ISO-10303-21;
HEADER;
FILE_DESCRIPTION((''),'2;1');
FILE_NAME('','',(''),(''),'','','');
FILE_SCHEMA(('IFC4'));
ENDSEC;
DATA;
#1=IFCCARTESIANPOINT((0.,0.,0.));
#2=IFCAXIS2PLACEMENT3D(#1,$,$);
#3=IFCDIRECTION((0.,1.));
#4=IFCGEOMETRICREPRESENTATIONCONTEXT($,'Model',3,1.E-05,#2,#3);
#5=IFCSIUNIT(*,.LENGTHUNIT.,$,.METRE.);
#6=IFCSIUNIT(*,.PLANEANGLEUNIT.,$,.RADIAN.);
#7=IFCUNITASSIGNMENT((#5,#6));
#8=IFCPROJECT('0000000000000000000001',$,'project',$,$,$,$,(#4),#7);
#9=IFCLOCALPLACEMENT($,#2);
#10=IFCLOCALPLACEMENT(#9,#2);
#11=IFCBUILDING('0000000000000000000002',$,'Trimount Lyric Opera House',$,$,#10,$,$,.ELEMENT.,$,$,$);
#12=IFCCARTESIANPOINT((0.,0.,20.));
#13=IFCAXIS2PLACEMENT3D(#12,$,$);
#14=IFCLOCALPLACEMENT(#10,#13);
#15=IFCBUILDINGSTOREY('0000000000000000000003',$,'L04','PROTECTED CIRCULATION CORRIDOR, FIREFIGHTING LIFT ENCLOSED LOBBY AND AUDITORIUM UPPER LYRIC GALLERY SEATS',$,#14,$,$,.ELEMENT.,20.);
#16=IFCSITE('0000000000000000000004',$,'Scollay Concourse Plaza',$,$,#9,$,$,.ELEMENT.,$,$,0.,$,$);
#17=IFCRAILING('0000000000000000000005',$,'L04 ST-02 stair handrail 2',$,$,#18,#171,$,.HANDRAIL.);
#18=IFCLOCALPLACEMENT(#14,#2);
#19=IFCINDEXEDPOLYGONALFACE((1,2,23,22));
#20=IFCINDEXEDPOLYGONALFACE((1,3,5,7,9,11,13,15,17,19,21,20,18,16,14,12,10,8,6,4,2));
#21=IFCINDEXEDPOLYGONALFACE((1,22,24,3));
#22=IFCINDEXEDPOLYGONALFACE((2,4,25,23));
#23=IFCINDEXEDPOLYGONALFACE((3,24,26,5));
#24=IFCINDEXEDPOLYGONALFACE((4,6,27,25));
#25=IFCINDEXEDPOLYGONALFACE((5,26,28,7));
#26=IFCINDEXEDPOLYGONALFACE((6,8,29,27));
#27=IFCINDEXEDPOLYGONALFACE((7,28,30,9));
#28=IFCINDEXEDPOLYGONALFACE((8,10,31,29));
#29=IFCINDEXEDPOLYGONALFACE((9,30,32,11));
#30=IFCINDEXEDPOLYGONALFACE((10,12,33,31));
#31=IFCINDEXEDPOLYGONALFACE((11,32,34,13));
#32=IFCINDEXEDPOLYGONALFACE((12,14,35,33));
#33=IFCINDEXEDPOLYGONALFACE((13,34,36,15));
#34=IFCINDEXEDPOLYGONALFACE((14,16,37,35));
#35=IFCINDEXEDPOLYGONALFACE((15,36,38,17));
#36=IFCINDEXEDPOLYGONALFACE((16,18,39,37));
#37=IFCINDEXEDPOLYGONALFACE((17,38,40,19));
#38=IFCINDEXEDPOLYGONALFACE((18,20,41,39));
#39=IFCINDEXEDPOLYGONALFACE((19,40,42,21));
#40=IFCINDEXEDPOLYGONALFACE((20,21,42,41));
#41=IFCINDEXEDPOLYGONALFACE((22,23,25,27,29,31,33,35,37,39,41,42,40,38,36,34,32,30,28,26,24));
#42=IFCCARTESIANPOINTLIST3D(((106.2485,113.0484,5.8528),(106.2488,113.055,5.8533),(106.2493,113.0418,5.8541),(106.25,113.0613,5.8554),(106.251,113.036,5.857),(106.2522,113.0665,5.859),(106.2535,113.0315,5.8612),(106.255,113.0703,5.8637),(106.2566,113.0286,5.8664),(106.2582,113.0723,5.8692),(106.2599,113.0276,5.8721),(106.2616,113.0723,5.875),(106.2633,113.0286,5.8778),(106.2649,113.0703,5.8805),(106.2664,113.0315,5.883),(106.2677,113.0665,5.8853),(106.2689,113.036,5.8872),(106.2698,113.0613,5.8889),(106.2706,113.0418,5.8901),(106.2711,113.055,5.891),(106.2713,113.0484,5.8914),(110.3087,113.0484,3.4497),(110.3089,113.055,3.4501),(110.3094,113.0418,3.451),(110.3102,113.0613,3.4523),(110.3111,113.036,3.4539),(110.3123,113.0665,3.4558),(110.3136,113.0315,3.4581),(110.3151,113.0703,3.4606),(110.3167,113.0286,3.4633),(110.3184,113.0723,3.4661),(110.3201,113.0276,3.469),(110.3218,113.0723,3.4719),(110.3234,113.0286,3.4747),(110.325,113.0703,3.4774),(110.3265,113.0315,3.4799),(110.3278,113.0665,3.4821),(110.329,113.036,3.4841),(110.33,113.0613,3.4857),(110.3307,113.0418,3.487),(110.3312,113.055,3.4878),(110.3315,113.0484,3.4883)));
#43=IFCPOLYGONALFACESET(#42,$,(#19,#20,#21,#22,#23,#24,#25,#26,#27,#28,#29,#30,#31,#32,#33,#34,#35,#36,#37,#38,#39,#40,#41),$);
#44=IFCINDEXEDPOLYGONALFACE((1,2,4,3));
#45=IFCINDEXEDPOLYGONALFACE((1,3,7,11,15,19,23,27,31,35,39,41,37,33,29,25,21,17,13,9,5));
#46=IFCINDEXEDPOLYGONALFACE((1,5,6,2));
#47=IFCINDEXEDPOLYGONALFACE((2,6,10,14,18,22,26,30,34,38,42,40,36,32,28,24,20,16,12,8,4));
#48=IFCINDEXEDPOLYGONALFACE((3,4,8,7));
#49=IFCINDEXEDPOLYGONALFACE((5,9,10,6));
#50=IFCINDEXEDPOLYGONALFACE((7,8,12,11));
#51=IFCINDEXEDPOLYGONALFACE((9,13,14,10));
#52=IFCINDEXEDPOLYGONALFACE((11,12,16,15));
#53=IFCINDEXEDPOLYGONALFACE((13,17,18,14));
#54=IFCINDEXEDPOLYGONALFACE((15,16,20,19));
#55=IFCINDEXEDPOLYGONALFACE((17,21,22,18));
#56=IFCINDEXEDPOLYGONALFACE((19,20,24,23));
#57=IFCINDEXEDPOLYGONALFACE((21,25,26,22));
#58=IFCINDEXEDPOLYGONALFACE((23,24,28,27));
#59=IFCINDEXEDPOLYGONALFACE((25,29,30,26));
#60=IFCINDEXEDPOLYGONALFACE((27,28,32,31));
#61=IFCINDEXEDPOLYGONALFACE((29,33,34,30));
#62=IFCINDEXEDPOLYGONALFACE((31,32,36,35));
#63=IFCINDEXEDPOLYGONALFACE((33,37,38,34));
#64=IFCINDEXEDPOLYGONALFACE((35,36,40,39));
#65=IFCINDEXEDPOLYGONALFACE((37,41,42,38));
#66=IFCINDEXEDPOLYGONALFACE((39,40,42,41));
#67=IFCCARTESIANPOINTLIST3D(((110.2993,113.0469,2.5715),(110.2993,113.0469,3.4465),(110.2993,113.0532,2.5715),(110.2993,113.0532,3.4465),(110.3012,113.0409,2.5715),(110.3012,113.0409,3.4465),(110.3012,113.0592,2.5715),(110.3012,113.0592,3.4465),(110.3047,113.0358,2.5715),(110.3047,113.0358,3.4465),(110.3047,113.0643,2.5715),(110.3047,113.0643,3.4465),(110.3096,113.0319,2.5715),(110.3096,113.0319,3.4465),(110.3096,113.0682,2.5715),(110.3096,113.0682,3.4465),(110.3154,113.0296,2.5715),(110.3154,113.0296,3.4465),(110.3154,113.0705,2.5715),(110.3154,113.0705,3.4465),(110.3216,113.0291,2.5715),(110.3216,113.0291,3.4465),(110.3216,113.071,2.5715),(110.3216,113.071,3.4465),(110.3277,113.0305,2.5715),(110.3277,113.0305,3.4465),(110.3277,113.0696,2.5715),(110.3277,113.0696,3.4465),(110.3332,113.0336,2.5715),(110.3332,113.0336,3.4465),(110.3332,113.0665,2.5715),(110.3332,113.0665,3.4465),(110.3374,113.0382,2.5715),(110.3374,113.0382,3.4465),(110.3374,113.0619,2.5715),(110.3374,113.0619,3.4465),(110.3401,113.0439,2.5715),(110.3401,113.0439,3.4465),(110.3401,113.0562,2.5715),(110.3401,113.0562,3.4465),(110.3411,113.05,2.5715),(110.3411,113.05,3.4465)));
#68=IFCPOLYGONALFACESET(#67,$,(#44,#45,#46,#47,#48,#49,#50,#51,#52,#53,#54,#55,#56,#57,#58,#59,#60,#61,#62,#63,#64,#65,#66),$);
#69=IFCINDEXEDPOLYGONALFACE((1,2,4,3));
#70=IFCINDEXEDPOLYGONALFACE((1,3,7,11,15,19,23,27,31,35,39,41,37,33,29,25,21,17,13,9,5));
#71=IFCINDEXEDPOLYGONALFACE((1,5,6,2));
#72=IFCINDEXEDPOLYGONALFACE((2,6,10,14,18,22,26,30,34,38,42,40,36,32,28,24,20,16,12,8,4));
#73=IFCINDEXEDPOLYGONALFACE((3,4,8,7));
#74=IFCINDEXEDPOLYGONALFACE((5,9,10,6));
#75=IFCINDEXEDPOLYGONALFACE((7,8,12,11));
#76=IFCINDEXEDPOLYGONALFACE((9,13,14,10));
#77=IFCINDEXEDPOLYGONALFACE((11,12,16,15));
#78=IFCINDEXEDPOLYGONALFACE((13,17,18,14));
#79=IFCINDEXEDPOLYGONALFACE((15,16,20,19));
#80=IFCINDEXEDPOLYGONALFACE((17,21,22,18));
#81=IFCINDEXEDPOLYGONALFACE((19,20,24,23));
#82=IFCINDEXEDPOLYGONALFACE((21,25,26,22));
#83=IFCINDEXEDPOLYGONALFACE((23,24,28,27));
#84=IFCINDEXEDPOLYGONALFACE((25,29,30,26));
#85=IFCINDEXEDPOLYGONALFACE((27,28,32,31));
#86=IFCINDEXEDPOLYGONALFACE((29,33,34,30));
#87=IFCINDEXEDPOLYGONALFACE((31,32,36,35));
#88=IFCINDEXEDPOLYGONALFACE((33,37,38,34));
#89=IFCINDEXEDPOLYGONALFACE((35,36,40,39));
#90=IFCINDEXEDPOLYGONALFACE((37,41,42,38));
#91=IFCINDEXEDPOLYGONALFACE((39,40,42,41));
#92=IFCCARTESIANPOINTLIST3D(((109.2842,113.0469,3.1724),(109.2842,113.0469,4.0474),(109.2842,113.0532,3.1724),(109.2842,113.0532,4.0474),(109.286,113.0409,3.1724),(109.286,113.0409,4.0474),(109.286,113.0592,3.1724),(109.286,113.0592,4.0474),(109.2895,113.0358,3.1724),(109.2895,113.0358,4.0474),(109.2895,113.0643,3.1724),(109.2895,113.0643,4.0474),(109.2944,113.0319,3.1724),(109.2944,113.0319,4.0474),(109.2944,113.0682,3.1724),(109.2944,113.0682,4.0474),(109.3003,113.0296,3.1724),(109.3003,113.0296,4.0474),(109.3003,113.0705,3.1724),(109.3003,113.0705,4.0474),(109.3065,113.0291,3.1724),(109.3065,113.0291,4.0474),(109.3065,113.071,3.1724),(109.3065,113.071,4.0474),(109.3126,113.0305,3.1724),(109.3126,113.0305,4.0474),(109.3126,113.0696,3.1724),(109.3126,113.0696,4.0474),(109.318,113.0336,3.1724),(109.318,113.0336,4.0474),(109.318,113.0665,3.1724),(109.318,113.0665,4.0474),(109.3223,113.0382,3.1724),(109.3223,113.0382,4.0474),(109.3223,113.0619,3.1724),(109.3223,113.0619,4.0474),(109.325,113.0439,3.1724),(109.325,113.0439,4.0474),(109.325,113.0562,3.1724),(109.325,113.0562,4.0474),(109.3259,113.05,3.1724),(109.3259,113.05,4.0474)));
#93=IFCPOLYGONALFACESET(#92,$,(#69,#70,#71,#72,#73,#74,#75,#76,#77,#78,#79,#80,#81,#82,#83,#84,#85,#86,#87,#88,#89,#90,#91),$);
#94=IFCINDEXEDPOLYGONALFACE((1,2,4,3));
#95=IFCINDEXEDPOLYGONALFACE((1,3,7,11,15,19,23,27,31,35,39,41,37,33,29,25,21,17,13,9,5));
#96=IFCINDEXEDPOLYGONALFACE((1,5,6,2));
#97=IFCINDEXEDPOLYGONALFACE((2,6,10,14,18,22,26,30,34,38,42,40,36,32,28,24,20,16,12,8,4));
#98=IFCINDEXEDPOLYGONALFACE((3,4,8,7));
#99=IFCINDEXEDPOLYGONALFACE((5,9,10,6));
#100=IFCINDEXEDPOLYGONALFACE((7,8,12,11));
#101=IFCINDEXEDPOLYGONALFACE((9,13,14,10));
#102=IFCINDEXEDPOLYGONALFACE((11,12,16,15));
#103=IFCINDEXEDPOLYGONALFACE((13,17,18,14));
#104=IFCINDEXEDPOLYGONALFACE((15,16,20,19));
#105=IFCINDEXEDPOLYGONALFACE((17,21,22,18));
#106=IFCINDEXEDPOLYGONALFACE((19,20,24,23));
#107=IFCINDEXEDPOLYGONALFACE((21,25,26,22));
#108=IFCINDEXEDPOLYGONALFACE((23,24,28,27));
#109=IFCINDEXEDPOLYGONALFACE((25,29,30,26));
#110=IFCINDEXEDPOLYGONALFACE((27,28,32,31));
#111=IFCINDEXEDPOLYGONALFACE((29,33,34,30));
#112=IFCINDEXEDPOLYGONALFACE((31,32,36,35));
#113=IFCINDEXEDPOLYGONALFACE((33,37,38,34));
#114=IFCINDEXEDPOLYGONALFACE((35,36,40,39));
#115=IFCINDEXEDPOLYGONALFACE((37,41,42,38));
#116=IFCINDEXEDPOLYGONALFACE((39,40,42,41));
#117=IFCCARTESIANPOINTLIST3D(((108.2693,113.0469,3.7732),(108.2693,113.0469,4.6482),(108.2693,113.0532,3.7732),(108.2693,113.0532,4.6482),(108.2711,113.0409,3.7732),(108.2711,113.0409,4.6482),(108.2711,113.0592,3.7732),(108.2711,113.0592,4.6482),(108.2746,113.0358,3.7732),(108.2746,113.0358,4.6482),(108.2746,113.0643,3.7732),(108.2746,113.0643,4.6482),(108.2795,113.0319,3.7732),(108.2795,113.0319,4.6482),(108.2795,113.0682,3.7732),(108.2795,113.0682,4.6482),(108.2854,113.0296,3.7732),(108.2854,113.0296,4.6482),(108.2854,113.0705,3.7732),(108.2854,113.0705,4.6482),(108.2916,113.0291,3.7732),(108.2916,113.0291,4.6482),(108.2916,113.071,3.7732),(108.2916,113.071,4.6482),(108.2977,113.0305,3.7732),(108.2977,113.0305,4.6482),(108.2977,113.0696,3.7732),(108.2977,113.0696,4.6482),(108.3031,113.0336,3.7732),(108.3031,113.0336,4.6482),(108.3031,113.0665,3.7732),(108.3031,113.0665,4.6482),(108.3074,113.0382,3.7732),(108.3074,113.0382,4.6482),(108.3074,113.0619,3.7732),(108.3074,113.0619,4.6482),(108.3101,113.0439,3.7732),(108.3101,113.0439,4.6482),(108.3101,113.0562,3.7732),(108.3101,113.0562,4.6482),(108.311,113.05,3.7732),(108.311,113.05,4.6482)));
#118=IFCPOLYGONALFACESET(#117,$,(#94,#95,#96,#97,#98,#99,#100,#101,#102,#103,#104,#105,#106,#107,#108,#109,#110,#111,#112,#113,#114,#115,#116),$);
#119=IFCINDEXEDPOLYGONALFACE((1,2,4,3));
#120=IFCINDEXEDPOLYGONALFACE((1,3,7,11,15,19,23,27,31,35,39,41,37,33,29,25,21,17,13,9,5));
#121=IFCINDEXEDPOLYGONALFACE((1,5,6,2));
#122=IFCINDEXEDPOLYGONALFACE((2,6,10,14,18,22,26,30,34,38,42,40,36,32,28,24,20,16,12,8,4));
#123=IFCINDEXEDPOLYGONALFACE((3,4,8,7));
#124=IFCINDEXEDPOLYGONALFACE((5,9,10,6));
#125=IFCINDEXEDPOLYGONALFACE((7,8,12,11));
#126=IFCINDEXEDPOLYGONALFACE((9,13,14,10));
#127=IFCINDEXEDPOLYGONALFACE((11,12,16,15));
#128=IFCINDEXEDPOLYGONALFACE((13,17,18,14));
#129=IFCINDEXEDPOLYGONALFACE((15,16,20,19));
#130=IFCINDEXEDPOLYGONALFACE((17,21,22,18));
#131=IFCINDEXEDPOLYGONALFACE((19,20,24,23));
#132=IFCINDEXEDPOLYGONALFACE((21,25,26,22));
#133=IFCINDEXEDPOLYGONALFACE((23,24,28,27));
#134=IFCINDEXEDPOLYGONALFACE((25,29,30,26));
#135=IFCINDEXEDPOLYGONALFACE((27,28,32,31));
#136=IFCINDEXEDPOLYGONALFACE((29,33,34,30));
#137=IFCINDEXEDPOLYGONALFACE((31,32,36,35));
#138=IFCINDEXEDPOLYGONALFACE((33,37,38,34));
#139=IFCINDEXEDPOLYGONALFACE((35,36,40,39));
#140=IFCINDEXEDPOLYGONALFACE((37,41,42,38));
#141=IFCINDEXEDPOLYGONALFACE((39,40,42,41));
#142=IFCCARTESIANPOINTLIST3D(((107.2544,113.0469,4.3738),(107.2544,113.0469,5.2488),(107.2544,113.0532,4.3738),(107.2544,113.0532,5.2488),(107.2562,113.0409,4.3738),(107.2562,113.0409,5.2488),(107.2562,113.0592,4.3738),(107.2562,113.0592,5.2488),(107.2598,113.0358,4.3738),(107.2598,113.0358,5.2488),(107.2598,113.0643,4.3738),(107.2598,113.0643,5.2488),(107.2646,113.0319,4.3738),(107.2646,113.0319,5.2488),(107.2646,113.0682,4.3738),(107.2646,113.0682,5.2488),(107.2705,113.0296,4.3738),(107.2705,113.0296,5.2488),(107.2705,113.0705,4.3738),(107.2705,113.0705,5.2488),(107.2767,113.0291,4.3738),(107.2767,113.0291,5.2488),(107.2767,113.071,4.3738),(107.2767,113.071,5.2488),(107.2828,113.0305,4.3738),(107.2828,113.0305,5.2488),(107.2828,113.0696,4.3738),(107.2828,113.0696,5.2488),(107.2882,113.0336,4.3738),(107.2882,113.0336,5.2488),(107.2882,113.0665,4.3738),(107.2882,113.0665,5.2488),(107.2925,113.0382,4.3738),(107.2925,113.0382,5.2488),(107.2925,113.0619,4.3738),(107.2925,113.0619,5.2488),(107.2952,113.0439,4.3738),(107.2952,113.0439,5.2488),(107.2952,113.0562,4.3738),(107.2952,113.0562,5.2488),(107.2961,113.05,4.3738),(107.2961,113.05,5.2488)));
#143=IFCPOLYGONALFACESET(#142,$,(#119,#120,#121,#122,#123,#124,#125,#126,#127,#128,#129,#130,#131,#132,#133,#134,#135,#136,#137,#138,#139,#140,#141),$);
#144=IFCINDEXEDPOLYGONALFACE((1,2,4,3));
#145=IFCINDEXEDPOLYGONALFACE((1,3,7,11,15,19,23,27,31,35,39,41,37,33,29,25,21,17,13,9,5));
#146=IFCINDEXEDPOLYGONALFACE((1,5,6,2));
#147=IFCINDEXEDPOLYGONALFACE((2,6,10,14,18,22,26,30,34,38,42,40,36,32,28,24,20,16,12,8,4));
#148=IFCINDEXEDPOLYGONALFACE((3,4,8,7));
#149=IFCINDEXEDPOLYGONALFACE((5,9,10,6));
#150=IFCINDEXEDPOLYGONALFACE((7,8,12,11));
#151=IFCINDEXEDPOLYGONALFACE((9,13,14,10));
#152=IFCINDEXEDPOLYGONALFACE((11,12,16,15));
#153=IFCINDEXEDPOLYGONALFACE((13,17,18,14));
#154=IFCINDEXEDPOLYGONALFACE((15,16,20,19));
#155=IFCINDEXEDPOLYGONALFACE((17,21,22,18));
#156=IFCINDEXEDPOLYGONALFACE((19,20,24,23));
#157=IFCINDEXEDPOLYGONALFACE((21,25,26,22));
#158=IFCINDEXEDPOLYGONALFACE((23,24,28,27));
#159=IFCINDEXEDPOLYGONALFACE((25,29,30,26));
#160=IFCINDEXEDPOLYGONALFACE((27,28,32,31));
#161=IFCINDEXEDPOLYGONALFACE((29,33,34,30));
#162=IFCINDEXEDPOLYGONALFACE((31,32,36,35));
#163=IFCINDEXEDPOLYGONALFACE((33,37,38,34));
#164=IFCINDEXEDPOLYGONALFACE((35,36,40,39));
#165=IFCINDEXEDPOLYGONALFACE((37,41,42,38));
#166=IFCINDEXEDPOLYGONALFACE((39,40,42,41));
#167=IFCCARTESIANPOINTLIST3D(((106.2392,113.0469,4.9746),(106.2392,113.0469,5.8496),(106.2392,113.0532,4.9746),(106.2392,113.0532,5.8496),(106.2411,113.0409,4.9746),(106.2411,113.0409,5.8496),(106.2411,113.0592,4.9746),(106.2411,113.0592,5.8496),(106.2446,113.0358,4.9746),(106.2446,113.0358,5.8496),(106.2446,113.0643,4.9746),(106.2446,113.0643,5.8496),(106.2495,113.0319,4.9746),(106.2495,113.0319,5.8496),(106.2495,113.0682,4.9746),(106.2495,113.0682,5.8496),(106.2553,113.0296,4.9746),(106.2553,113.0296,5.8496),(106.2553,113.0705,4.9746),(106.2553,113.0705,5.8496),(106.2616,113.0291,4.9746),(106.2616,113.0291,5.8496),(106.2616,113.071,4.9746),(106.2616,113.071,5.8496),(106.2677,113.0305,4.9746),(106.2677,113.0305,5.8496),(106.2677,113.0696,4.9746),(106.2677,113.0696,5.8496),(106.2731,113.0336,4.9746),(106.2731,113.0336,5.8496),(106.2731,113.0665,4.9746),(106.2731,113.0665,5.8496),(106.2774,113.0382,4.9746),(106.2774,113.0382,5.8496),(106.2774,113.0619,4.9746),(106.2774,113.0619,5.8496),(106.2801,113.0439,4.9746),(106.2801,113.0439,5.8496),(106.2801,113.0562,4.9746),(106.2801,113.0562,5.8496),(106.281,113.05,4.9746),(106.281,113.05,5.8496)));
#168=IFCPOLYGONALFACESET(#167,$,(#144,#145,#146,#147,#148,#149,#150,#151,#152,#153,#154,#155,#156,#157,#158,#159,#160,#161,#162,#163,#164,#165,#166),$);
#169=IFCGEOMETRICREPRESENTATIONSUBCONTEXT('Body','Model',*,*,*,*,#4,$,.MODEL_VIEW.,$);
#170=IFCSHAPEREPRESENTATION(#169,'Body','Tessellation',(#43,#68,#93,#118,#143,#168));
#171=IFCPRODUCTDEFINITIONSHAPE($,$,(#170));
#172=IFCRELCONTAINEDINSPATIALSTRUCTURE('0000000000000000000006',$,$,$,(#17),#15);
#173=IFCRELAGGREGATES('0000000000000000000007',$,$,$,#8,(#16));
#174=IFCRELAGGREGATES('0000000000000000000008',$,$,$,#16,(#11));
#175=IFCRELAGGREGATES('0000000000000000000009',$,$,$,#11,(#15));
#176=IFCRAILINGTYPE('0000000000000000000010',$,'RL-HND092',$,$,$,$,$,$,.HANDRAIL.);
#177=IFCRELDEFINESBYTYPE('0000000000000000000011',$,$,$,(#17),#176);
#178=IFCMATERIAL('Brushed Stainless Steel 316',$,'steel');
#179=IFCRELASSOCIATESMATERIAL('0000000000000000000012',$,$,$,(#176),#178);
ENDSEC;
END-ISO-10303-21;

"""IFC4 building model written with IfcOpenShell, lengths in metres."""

from ifc_helpers import new_model, si_unit, direction, frame, origin, origin_2d, place, context, subcontext, project, spatial, circle, extrude, material, type_object, element, save


model = new_model("IFC4")

# Units and contexts
model_context = context("Model", 3, precision=1e-05, world=origin(), true_north=direction((0.0, 1.0)))
body_context = subcontext(model_context, "Body", "Model", "MODEL_VIEW")
ifc_project = project(units=[si_unit("LENGTHUNIT", "METRE"), si_unit("PLANEANGLEUNIT", "RADIAN")], contexts=[model_context])

# Site, building, storey
site_placement = place(None, origin())
site = spatial("IfcSite", under=ifc_project, at=site_placement, Name="Scollay Concourse Plaza", CompositionType="ELEMENT", RefElevation=0.0)
building_placement = place(site_placement, origin())
building = spatial("IfcBuilding", under=site, at=building_placement, Name="Trimount Lyric Opera House", CompositionType="ELEMENT")
storey_placement = place(building_placement, frame((0.0, 0.0, 20.0)))
storey = spatial("IfcBuildingStorey", under=building, at=storey_placement, Name="L04", Description="PROTECTED CIRCULATION CORRIDOR, FIREFIGHTING LIFT ENCLOSED LOBBY AND AUDITORIUM UPPER LYRIC GALLERY SEATS", CompositionType="ELEMENT", Elevation=20.0)

# Railing
ifc_material_1 = material(Name="Brushed Stainless Steel 316", Category="steel")
railing_type_1 = type_object("IfcRailingType", Name="RL-HND092", PredefinedType="HANDRAIL", material=ifc_material_1)
railing_1_placement = place(storey_placement, frame((110.3201, 113.05, 2.5715)))
element("IfcRailing", 1, at=railing_1_placement, inside=storey, type_object=railing_type_1, Name="L04 ST-02 stair handrail 2", PredefinedType="HANDRAIL", context=body_context, shape_type="SweptSolid", body=[
    extrude(circle(Radius=0.0225, at=origin_2d()), frame((0.0, 0.0, 0.8975), z_axis=(-0.86056, 0.0, 0.50935), x_axis=(0.0, -1.0, 0.0)), (0.0, 0.0, 1.0), 4.718),
    extrude(circle(Radius=0.021, at=origin_2d()), origin(), (0.0, 0.0, 1.0), 0.875),
    extrude(circle(Radius=0.021, at=origin_2d()), frame((-1.0151, 0.0, 0.6008)), (0.0, 0.0, 1.0), 0.875),
    extrude(circle(Radius=0.021, at=origin_2d()), frame((-2.03, 0.0, 1.2017)), (0.0, 0.0, 1.0), 0.875),
    extrude(circle(Radius=0.021, at=origin_2d()), frame((-3.0449, 0.0, 1.8022)), (0.0, 0.0, 1.0), 0.875),
    extrude(circle(Radius=0.021, at=origin_2d()), frame((-4.0601, 0.0, 2.4031)), (0.0, 0.0, 1.0), 0.875),
])

save(model, "model.ifc")
